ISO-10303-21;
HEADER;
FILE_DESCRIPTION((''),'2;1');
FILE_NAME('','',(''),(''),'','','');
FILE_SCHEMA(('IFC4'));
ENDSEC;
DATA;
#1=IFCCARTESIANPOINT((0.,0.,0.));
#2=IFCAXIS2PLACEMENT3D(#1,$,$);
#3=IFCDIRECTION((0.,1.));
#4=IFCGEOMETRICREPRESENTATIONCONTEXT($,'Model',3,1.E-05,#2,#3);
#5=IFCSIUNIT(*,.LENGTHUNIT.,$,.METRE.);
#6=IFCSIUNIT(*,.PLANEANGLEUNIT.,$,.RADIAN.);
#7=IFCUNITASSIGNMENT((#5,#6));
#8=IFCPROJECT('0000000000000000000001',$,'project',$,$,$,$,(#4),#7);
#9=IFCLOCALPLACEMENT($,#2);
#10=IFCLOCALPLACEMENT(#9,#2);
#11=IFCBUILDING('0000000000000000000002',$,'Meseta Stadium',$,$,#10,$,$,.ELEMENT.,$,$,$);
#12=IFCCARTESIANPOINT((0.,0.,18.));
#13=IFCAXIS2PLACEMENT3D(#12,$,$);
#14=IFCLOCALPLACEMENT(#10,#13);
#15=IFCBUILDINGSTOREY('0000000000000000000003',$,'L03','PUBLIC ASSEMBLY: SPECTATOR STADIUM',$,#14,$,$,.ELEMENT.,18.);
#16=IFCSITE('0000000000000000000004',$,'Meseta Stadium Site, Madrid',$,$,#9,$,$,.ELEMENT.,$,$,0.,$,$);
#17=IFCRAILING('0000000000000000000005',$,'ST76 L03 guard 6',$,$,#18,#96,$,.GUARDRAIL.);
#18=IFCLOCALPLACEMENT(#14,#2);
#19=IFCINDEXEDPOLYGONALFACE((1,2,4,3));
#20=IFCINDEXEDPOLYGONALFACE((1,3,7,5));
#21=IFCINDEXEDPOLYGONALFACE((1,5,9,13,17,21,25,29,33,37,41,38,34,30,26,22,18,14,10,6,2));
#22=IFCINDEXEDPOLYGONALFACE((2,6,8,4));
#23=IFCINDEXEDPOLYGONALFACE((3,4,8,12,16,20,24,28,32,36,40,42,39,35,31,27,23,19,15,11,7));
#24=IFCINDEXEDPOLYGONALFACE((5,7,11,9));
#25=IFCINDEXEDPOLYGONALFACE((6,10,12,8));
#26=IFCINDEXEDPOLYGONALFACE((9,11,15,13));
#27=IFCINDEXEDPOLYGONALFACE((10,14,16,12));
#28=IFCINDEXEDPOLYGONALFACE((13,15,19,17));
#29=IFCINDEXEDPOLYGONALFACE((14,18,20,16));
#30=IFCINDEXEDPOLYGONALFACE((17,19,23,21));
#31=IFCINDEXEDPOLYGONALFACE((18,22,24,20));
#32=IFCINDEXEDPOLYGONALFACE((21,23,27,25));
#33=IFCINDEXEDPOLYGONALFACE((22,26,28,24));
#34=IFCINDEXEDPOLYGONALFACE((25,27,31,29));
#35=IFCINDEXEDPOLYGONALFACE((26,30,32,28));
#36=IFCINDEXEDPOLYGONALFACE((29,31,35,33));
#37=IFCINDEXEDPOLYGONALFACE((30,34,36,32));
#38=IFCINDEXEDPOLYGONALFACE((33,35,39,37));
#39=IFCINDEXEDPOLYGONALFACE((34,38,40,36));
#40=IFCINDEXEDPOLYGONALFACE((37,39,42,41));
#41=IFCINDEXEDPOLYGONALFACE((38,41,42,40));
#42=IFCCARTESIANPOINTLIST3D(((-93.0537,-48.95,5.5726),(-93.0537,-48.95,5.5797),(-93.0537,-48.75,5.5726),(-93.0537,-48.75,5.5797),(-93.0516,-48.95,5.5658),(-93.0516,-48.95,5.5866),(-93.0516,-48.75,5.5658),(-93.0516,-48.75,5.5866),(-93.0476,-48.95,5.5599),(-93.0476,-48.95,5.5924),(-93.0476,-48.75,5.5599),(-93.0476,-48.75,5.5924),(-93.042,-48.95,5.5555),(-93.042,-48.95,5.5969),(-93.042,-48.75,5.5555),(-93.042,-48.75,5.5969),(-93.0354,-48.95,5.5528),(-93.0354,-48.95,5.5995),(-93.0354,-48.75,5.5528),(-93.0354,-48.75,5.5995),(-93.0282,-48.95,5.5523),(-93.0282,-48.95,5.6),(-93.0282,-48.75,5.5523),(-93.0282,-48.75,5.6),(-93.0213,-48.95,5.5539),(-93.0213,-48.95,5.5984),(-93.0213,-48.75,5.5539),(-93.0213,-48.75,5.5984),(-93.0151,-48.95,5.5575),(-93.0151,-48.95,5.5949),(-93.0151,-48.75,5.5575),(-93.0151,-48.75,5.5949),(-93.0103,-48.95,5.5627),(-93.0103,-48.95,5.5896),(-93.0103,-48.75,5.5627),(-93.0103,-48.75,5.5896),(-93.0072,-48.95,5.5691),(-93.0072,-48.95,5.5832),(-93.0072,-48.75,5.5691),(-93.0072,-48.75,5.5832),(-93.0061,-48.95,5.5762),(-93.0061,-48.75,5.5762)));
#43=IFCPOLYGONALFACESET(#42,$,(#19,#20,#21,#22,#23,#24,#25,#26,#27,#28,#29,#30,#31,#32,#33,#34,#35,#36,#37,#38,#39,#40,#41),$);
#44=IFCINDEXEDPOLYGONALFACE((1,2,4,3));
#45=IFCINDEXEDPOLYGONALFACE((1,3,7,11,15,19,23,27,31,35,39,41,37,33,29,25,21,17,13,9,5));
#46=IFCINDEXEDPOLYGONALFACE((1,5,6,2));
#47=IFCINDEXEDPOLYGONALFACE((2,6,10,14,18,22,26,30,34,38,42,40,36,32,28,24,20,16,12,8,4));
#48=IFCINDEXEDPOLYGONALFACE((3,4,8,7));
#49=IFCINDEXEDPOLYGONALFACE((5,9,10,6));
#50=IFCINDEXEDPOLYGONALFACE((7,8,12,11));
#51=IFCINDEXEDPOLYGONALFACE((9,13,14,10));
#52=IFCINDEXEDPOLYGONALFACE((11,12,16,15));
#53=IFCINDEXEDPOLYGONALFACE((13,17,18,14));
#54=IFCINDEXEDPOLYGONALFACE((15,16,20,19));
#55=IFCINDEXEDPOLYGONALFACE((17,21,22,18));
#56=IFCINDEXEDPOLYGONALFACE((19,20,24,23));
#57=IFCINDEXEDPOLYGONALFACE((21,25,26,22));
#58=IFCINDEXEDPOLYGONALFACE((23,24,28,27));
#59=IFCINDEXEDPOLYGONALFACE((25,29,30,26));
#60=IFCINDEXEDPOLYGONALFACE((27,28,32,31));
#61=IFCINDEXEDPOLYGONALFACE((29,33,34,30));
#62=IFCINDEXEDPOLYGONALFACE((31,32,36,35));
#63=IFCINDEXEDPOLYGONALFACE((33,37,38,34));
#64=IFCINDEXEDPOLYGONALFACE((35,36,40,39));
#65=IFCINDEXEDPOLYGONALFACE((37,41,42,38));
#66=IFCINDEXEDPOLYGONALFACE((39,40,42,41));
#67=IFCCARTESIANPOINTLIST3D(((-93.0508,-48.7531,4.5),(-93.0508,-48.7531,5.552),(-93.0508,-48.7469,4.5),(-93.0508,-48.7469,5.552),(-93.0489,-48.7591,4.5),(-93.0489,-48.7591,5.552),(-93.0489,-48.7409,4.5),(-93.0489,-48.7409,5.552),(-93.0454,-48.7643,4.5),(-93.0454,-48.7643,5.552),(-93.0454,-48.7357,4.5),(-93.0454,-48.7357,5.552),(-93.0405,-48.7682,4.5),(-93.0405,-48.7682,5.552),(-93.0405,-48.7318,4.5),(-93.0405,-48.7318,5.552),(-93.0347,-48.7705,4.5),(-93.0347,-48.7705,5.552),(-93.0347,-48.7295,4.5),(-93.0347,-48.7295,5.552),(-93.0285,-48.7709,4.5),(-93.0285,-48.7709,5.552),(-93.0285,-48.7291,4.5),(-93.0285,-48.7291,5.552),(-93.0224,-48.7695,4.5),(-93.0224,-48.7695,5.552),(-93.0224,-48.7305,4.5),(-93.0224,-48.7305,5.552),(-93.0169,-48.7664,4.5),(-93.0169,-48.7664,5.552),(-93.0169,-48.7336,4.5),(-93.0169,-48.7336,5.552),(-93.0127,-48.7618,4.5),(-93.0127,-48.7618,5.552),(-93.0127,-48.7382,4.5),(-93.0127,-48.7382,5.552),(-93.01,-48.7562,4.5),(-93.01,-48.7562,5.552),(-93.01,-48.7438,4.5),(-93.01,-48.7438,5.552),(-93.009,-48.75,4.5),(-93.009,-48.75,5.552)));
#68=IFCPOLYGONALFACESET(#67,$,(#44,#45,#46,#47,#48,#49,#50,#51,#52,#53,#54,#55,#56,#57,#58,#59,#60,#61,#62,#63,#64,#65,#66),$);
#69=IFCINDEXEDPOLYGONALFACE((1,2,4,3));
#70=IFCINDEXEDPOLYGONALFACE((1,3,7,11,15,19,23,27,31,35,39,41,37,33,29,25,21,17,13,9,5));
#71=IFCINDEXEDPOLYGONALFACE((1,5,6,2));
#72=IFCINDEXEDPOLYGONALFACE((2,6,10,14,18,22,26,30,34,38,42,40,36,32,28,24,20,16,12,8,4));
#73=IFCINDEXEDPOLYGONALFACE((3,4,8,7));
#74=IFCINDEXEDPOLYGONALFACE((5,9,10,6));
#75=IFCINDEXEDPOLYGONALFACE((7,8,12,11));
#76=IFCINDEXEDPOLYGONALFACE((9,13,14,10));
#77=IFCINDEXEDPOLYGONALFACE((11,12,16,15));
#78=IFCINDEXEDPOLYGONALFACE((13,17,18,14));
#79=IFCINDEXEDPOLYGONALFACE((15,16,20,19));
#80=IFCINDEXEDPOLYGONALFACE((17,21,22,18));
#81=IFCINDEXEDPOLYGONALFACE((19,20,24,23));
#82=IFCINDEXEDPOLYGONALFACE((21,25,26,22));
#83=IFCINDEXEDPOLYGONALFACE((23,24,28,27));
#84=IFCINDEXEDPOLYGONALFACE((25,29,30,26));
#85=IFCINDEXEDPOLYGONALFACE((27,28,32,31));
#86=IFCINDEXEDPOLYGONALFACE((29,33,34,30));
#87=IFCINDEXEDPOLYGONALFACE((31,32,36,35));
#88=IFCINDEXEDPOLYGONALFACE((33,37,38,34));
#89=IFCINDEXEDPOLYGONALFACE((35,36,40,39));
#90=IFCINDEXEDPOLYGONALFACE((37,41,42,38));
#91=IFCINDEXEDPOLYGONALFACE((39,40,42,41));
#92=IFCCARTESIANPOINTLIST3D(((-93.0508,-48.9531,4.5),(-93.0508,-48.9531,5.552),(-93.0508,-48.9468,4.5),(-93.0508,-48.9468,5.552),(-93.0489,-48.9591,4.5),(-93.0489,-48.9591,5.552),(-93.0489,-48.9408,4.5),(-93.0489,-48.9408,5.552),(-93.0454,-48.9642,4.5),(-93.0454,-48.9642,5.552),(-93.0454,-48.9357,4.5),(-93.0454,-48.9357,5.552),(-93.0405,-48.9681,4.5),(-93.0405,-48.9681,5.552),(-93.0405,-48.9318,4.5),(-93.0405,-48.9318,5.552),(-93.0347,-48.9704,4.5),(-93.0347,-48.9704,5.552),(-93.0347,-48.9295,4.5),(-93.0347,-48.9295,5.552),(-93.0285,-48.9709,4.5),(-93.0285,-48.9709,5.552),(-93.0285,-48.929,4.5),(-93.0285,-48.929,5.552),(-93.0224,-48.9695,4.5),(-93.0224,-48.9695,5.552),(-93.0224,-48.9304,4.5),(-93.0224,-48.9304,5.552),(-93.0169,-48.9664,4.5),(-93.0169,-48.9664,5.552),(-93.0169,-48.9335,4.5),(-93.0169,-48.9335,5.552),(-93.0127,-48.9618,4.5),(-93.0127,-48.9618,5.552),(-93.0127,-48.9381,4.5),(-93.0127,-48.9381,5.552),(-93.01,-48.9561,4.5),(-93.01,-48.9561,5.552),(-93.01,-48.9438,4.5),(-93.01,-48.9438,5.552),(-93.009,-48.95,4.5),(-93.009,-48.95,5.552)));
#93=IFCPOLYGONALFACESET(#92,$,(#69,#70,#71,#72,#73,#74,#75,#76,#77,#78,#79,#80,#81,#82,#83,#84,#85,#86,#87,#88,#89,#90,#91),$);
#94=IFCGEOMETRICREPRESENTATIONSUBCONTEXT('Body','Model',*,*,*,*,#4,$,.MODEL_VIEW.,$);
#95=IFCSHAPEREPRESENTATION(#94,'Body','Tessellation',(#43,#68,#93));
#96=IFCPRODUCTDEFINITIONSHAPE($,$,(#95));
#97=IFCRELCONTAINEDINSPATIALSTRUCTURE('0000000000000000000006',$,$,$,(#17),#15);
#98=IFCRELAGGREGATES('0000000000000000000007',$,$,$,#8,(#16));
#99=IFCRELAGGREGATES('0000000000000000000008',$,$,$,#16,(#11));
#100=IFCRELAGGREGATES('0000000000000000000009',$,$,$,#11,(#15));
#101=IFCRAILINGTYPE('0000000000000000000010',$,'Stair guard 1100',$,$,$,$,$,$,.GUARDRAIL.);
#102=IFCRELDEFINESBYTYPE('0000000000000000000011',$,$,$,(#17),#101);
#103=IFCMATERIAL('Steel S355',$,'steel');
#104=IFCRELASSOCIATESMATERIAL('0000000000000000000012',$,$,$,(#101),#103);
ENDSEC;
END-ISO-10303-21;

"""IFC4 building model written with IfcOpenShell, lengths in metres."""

from ifc_helpers import new_model, si_unit, direction, frame, origin, origin_2d, place, context, subcontext, project, spatial, circle, extrude, material, type_object, element, save


model = new_model("IFC4")

# Units and contexts
model_context = context("Model", 3, precision=1e-05, world=origin(), true_north=direction((0.0, 1.0)))
body_context = subcontext(model_context, "Body", "Model", "MODEL_VIEW")
ifc_project = project(units=[si_unit("LENGTHUNIT", "METRE"), si_unit("PLANEANGLEUNIT", "RADIAN")], contexts=[model_context])

# Site, building, storey
site_placement = place(None, origin())
site = spatial("IfcSite", under=ifc_project, at=site_placement, Name="Meseta Stadium Site, Madrid", CompositionType="ELEMENT", RefElevation=0.0)
building_placement = place(site_placement, origin())
building = spatial("IfcBuilding", under=site, at=building_placement, Name="Meseta Stadium", CompositionType="ELEMENT")
storey_placement = place(building_placement, frame((0.0, 0.0, 18.0)))
storey = spatial("IfcBuildingStorey", under=building, at=storey_placement, Name="L03", Description="PUBLIC ASSEMBLY: SPECTATOR STADIUM", CompositionType="ELEMENT", Elevation=18.0)

# Railing
ifc_material_1 = material(Name="Steel S355", Category="steel")
railing_type = type_object("IfcRailingType", Name="Stair guard 1100", PredefinedType="GUARDRAIL", material=ifc_material_1)
for number, where, name in (
    (1, (-93.03, -48.75, 4.5), "ST76 L03 guard 6"),
):
    element("IfcRailing", number, at=place(storey_placement, frame(where)), inside=storey, type_object=railing_type, Name=name, PredefinedType="GUARDRAIL", context=body_context, shape_type="SweptSolid", body=[
        extrude(circle(Radius=0.0239, at=origin_2d()), frame((0.0, 0.0, 1.0762), z_axis=(0.0, -1.0, 0.0), x_axis=(1.0, 0.0, 0.0)), (0.0, 0.0, 1.0), 0.2),
        extrude(circle(Radius=0.021, at=origin_2d()), origin(), (0.0, 0.0, 1.0), 1.052),
        extrude(circle(Radius=0.021, at=origin_2d()), frame((0.0, -0.2, 0.0)), (0.0, 0.0, 1.0), 1.052),
    ])

save(model, "model.ifc")
